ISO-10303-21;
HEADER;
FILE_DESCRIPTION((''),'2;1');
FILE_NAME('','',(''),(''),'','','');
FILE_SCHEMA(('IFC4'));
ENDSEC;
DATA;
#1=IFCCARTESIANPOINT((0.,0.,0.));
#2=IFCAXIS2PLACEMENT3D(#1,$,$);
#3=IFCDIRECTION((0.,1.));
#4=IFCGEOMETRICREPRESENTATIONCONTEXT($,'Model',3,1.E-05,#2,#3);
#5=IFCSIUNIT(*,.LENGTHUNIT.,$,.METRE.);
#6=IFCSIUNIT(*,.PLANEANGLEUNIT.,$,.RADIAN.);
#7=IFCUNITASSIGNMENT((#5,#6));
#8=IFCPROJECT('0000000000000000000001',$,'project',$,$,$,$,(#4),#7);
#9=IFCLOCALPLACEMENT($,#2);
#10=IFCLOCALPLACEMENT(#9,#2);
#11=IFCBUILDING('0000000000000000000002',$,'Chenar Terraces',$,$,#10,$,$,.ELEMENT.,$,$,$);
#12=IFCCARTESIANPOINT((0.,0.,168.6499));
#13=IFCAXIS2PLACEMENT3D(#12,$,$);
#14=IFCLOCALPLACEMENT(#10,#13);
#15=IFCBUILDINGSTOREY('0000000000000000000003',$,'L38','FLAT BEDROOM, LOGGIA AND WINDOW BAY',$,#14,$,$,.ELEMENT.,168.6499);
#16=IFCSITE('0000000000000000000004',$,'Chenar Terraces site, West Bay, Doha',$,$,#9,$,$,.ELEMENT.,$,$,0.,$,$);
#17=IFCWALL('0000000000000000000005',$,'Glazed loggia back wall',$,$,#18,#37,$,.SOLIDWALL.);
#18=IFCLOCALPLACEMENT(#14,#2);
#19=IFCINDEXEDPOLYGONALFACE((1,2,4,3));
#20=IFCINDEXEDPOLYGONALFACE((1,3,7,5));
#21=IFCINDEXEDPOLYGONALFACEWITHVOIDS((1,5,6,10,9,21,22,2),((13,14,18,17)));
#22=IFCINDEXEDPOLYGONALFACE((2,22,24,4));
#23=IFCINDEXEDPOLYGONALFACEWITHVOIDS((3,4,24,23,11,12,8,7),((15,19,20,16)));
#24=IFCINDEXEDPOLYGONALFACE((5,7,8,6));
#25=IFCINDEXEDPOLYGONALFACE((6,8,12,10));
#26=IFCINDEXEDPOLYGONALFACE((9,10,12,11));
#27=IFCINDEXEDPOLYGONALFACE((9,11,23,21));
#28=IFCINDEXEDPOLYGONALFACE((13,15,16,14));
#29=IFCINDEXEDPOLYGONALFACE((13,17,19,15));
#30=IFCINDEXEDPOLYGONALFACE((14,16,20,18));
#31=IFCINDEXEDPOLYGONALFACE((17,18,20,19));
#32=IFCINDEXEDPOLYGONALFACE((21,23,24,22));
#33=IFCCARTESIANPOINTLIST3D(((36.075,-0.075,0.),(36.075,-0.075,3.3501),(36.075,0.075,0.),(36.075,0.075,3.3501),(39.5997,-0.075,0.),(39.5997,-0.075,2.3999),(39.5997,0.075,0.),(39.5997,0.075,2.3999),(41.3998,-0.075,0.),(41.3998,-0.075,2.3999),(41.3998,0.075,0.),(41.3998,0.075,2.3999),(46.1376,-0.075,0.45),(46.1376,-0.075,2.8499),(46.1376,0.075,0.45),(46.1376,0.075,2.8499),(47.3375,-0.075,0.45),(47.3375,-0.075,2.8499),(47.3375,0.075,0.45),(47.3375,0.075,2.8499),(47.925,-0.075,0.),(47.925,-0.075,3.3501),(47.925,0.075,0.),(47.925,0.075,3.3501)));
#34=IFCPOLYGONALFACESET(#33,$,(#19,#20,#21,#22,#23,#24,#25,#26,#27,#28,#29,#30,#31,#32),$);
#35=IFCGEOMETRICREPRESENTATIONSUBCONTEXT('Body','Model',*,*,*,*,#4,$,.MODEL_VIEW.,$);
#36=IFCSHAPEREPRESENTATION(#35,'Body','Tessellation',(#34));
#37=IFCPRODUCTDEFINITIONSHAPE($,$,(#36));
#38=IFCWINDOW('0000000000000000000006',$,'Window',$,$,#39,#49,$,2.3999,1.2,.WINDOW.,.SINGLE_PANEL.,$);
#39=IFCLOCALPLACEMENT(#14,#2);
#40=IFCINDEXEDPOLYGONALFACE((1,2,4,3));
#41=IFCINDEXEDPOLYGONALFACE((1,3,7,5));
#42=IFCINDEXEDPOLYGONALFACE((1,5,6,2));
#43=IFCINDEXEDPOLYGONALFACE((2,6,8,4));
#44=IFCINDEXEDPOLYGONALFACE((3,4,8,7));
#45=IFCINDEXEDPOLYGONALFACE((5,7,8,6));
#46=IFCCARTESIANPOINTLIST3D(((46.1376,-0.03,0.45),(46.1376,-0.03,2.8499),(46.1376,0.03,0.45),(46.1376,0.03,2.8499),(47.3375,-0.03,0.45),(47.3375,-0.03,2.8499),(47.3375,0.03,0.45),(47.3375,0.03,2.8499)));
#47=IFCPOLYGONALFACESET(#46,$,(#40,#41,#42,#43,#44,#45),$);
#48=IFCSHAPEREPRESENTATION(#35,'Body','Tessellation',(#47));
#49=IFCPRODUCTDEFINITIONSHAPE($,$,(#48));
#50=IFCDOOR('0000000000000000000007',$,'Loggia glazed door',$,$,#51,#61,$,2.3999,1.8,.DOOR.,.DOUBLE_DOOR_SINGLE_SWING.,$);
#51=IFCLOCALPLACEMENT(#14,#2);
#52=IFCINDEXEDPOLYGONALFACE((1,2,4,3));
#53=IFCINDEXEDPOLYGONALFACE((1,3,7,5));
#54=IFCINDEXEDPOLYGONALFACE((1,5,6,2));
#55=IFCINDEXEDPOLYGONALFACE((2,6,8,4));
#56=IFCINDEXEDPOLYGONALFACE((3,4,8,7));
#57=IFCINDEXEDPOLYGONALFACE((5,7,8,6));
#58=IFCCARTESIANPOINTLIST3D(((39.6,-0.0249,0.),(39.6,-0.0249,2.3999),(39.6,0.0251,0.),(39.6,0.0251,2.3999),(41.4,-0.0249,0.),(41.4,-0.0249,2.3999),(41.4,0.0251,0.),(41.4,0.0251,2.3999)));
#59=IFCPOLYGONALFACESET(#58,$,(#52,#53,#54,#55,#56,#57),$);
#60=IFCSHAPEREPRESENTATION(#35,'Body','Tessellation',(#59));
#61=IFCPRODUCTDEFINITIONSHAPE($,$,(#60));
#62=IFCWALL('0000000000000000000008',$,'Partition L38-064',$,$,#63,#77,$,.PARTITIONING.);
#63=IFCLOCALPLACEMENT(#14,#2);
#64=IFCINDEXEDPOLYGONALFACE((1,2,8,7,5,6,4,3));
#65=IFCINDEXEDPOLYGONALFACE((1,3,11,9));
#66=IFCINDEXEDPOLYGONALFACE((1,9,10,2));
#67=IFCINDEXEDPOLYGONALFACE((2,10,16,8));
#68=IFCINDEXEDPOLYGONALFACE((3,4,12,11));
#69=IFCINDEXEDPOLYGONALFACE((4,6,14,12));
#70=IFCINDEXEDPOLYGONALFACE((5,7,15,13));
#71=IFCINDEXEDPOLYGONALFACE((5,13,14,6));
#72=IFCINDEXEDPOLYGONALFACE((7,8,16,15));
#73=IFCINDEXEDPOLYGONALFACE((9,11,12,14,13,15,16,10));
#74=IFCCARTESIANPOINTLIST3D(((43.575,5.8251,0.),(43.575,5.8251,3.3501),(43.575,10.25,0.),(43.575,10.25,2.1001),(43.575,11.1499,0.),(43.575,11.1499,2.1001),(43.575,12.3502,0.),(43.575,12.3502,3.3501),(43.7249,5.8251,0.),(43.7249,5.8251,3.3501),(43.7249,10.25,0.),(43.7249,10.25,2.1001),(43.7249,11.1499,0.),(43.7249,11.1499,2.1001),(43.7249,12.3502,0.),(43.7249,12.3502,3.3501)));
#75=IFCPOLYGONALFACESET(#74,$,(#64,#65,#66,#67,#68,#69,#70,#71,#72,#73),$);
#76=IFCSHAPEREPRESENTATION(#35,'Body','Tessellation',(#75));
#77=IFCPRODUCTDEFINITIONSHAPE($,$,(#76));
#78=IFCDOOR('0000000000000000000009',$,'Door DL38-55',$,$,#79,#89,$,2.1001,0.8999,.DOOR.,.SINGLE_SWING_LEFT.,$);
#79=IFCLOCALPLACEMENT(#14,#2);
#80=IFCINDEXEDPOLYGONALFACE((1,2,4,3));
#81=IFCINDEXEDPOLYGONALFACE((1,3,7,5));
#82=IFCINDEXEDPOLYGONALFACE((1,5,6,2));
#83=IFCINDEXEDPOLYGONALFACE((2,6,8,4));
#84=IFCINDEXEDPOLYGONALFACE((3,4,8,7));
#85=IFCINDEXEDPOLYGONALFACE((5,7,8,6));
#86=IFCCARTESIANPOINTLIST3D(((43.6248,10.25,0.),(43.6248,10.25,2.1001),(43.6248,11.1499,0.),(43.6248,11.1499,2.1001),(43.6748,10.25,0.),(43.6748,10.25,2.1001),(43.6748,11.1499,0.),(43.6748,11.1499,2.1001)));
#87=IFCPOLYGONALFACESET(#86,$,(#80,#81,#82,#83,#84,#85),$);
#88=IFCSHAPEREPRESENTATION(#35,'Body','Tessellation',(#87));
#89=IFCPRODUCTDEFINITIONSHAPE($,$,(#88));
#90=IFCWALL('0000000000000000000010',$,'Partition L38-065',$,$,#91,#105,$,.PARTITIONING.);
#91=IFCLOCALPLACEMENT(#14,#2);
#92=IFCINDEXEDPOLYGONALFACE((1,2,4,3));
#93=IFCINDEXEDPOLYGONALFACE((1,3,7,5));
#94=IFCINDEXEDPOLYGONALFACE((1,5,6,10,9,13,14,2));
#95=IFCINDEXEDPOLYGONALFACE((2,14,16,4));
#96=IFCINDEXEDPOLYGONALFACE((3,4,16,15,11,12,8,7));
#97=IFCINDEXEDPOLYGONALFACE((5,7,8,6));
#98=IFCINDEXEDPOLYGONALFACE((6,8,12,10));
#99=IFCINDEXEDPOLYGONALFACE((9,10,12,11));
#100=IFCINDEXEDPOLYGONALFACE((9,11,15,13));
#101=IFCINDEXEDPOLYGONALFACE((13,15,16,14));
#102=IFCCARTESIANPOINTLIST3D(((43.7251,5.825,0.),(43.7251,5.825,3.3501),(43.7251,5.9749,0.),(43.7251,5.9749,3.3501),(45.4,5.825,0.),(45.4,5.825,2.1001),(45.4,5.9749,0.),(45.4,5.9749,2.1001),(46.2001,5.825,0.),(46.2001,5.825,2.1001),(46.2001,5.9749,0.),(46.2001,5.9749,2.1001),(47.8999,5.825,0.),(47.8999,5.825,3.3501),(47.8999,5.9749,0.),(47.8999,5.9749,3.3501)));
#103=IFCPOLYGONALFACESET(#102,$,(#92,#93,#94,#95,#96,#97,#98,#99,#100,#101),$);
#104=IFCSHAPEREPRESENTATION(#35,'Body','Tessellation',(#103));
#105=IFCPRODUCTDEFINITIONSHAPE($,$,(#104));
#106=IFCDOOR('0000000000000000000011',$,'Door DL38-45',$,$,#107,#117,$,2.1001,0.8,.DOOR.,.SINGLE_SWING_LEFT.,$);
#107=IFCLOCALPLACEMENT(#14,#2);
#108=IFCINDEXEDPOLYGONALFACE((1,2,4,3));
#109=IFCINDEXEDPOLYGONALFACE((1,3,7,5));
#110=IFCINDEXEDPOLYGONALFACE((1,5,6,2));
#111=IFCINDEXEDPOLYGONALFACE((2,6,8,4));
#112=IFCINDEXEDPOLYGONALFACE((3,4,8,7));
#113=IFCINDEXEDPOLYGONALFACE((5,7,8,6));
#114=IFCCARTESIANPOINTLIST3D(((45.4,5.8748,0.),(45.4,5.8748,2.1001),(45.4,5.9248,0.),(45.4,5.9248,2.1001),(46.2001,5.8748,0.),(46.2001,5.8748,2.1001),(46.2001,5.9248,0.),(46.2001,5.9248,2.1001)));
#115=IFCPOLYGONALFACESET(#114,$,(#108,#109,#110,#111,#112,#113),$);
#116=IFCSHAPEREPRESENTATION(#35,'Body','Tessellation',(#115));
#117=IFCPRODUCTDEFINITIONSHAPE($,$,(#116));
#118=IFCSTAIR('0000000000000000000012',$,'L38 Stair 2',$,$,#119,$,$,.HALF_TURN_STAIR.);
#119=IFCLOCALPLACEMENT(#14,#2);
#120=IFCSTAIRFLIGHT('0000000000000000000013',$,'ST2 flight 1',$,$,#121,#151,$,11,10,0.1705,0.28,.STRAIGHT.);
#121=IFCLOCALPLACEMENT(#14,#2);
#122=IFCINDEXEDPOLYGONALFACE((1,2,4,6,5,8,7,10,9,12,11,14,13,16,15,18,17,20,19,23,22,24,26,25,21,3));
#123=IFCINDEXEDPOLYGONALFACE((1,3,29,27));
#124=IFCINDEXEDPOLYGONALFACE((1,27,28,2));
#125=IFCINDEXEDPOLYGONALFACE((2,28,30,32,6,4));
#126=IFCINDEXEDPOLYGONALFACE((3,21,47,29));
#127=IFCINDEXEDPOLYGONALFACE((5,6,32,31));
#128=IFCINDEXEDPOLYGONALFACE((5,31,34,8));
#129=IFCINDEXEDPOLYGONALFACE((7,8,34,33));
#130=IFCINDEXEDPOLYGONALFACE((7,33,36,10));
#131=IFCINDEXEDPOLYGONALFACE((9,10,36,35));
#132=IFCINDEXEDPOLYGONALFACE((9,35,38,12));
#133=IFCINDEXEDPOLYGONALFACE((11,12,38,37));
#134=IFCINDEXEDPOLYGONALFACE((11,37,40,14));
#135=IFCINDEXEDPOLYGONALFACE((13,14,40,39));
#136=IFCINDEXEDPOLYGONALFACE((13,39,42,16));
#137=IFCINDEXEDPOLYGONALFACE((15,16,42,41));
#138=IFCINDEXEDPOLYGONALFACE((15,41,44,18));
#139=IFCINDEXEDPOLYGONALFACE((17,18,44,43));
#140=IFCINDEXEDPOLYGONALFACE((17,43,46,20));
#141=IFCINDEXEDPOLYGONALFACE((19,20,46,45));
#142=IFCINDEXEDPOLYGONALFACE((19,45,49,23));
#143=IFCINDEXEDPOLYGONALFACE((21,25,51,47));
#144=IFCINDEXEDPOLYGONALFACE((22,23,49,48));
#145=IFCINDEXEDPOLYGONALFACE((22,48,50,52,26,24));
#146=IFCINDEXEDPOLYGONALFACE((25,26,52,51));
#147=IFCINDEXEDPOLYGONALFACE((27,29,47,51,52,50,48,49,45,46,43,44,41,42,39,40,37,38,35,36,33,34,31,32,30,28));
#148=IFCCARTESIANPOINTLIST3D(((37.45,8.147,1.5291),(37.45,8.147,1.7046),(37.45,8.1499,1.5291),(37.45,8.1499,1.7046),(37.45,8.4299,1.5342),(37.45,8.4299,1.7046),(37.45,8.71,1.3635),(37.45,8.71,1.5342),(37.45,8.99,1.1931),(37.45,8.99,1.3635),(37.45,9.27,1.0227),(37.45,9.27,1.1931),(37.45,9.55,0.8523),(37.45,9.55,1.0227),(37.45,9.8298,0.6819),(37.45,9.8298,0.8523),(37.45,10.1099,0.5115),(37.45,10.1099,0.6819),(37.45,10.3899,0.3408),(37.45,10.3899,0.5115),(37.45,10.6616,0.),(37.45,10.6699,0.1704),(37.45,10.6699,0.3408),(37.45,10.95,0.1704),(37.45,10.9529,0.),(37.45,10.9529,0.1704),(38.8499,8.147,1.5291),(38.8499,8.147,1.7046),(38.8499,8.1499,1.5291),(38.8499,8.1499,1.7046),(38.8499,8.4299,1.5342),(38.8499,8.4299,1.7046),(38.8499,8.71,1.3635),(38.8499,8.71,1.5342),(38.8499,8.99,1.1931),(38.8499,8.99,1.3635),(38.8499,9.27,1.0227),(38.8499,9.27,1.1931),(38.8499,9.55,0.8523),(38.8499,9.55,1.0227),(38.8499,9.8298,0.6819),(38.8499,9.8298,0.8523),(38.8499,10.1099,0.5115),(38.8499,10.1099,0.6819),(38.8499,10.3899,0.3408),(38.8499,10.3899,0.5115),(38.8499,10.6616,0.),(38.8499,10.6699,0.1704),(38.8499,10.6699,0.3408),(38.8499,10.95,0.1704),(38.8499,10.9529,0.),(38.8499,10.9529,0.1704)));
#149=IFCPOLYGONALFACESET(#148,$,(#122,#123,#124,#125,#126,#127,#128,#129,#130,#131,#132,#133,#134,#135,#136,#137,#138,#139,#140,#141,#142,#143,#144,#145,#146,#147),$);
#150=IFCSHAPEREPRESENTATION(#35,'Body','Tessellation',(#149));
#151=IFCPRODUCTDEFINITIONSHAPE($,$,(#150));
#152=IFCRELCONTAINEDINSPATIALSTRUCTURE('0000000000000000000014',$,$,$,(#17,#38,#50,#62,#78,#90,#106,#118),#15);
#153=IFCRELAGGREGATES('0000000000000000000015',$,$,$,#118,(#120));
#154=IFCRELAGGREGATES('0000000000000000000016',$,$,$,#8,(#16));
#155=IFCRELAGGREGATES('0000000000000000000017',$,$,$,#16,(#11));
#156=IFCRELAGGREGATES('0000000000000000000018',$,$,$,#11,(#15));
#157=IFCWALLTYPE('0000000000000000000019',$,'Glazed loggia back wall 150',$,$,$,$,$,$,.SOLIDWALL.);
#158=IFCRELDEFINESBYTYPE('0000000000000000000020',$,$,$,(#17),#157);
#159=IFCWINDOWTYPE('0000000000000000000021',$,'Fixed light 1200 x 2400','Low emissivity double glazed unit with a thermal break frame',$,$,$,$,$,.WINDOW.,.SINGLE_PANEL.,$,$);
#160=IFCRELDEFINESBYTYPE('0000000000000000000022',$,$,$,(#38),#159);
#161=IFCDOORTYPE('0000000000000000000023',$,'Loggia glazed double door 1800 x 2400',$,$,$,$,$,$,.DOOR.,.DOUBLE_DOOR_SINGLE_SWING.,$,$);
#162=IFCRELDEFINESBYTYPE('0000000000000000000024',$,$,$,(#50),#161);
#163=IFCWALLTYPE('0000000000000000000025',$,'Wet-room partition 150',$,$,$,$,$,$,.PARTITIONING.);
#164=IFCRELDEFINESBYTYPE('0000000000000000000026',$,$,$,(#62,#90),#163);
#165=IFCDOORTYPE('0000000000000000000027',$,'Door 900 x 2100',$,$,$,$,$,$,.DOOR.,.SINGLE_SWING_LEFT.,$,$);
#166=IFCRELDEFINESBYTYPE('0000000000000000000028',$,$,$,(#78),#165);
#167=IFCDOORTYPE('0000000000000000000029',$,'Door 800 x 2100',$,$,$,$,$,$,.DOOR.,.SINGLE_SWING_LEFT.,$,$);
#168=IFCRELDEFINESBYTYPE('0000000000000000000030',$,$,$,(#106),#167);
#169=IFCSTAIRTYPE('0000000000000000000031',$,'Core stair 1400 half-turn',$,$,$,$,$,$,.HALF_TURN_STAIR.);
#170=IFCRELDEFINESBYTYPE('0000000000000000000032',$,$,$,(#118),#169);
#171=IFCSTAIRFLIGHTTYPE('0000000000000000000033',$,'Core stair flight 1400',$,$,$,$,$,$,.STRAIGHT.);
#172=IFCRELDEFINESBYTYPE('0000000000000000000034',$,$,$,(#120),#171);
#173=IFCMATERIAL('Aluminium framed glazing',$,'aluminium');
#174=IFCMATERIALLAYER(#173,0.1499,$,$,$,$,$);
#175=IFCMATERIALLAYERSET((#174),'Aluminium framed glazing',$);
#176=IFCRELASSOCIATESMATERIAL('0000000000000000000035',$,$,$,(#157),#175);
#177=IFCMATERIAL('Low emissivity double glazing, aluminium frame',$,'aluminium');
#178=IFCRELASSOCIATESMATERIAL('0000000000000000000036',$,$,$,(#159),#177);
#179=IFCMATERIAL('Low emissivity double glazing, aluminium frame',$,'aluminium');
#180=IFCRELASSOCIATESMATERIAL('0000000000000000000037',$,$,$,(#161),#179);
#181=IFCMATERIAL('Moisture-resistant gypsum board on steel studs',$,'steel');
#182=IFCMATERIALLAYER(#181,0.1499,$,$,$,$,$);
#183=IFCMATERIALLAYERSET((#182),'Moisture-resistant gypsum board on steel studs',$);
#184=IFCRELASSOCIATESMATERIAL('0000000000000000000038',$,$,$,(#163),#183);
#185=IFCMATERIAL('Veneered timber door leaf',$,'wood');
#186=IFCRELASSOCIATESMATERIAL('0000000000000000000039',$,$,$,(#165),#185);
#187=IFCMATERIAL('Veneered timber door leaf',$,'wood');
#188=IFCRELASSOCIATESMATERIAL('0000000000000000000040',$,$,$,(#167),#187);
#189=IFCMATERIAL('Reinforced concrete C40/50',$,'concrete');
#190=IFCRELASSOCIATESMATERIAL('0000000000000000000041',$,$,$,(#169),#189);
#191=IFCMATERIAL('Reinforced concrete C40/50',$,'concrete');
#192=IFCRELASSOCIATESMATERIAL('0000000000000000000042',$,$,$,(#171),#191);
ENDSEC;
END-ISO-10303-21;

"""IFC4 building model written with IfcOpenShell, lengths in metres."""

from ifc_helpers import new_model, si_unit, direction, frame, frame_2d, origin, place, context, subcontext, project, spatial, polyline, rectangle, outline, extrude, material, layer, layer_set, type_object, element, fill, aggregate, save


model = new_model("IFC4")

# Units and contexts
model_context = context("Model", 3, precision=1e-05, world=origin(), true_north=direction((0.0, 1.0)))
body_context = subcontext(model_context, "Body", "Model", "MODEL_VIEW")
ifc_project = project(units=[si_unit("LENGTHUNIT", "METRE"), si_unit("PLANEANGLEUNIT", "RADIAN")], contexts=[model_context])

# Site, building, storey
site_placement = place(None, origin())
site = spatial("IfcSite", under=ifc_project, at=site_placement, Name="Chenar Terraces site, West Bay, Doha", CompositionType="ELEMENT", RefElevation=0.0)
building_placement = place(site_placement, origin())
building = spatial("IfcBuilding", under=site, at=building_placement, Name="Chenar Terraces", CompositionType="ELEMENT")
storey_placement = place(building_placement, frame((0.0, 0.0, 168.6499)))
storey = spatial("IfcBuildingStorey", under=building, at=storey_placement, Name="L38", Description="FLAT BEDROOM, LOGGIA AND WINDOW BAY", CompositionType="ELEMENT", Elevation=168.6499)

# Wall, openings, window, door
ifc_material_1 = material(Name="Aluminium framed glazing", Category="aluminium")
ifc_layer_1 = layer(ifc_material_1, 0.1499)
ifc_layer_set_1 = layer_set([ifc_layer_1], Name="Aluminium framed glazing")
wall_type_1 = type_object("IfcWallType", Name="Glazed loggia back wall 150", PredefinedType="SOLIDWALL", material=ifc_layer_set_1)
wall_1_placement = place(storey_placement, frame((36.075, 0.0, 0.0), z_axis=(0.0, 0.0, 1.0), x_axis=(1.0, 0.0, 0.0)))
wall_1 = element("IfcWall", 1, at=wall_1_placement, inside=storey, type_object=wall_type_1, Name="Glazed loggia back wall", PredefinedType="SOLIDWALL", context=body_context, shape_type="SweptSolid", body=[
    extrude(rectangle(XDim=11.8501, YDim=0.1499, at=frame_2d((5.925, 0.0))), origin(), (0.0, 0.0, 1.0), 3.3501),
])
opening_1_placement = place(wall_1_placement, frame((3.5249, 0.0, 0.0)))
opening_1 = element("IfcOpeningElement", 2, at=opening_1_placement, cuts=wall_1, PredefinedType="OPENING", context=body_context, shape_type="SweptSolid", body=[
    extrude(rectangle(XDim=1.8, YDim=2.3999, at=frame_2d((0.8999, 1.2))), frame((0.0, 0.085, 0.0), z_axis=(0.0, -1.0, 0.0), x_axis=(1.0, 0.0, 0.0)), (0.0, 0.0, 1.0), 0.1699),
])
opening_2_placement = place(wall_1_placement, frame((10.0625, 0.0, 0.45)))
opening_2 = element("IfcOpeningElement", 3, at=opening_2_placement, cuts=wall_1, PredefinedType="OPENING", context=body_context, shape_type="SweptSolid", body=[
    extrude(rectangle(XDim=1.2, YDim=2.3999, at=frame_2d((0.6001, 1.2))), frame((0.0, 0.085, 0.0), z_axis=(0.0, -1.0, 0.0), x_axis=(1.0, 0.0, 0.0)), (0.0, 0.0, 1.0), 0.1699),
])
ifc_material_2 = material(Name="Low emissivity double glazing, aluminium frame", Category="aluminium")
window_type = type_object("IfcWindowType", Name="Fixed light 1200 x 2400", Description="Low emissivity double glazed unit with a thermal break frame", PartitioningType="SINGLE_PANEL", PredefinedType="WINDOW", material=ifc_material_2)
window_placement = place(opening_2_placement, origin())
window = element("IfcWindow", 4, at=window_placement, inside=storey, type_object=window_type, Name="Window", OverallHeight=2.3999, OverallWidth=1.2, PartitioningType="SINGLE_PANEL", PredefinedType="WINDOW", context=body_context, shape_type="SweptSolid", body=[
    extrude(rectangle(XDim=1.2, YDim=2.3999, at=frame_2d((0.6001, 1.2))), frame((0.0, 0.03, 0.0), z_axis=(0.0, -1.0, 0.0), x_axis=(1.0, 0.0, 0.0)), (0.0, 0.0, 1.0), 0.0601),
])
fill(opening_2, window)
ifc_material_3 = material(Name="Low emissivity double glazing, aluminium frame", Category="aluminium")
door_type_1 = type_object("IfcDoorType", Name="Loggia glazed double door 1800 x 2400", OperationType="DOUBLE_DOOR_SINGLE_SWING", PredefinedType="DOOR", material=ifc_material_3)
door_1_placement = place(opening_1_placement, frame((1.8, 0.0, 0.0), z_axis=(0.0, 0.0, 1.0), x_axis=(-1.0, 0.0, 0.0)))
door_1 = element("IfcDoor", 5, at=door_1_placement, inside=storey, type_object=door_type_1, Name="Loggia glazed door", OperationType="DOUBLE_DOOR_SINGLE_SWING", OverallHeight=2.3999, OverallWidth=1.8, PredefinedType="DOOR", context=body_context, shape_type="SweptSolid", body=[
    extrude(rectangle(XDim=1.8, YDim=2.3999, at=frame_2d((0.8999, 1.2))), frame((0.0, 0.0249, 0.0), z_axis=(0.0, -1.0, 0.0), x_axis=(1.0, 0.0, 0.0)), (0.0, 0.0, 1.0), 0.05),
])
fill(opening_1, door_1)

# Walls, openings, doors
ifc_material_4 = material(Name="Moisture-resistant gypsum board on steel studs", Category="steel")
ifc_layer_2 = layer(ifc_material_4, 0.1499)
ifc_layer_set_2 = layer_set([ifc_layer_2], Name="Moisture-resistant gypsum board on steel studs")
wall_type_2 = type_object("IfcWallType", Name="Wet-room partition 150", PredefinedType="PARTITIONING", material=ifc_layer_set_2)
wall_2_placement = place(storey_placement, frame((43.6499, 5.825, 0.0), z_axis=(0.0, 0.0, 1.0), x_axis=(0.0, 1.0, 0.0)))
wall_2 = element("IfcWall", 6, at=wall_2_placement, inside=storey, type_object=wall_type_2, Name="Partition L38-064", PredefinedType="PARTITIONING", context=body_context, shape_type="SweptSolid", body=[
    extrude(rectangle(XDim=6.5251, YDim=0.1499, at=frame_2d((3.2627, 0.0))), origin(), (0.0, 0.0, 1.0), 3.3501),
])
opening_3_placement = place(wall_2_placement, frame((4.425, 0.0, 0.0)))
opening_3 = element("IfcOpeningElement", 7, at=opening_3_placement, cuts=wall_2, PredefinedType="OPENING", context=body_context, shape_type="SweptSolid", body=[
    extrude(rectangle(XDim=0.8999, YDim=2.1001, at=frame_2d((0.45, 1.05))), frame((0.0, 0.085, 0.0), z_axis=(0.0, -1.0, 0.0), x_axis=(1.0, 0.0, 0.0)), (0.0, 0.0, 1.0), 0.1699),
])
ifc_material_5 = material(Name="Veneered timber door leaf", Category="wood")
door_type_2 = type_object("IfcDoorType", Name="Door 900 x 2100", OperationType="SINGLE_SWING_LEFT", PredefinedType="DOOR", material=ifc_material_5)
door_2_placement = place(opening_3_placement, frame((0.8999, 0.0, 0.0), z_axis=(0.0, 0.0, 1.0), x_axis=(-1.0, 0.0, 0.0)))
door_2 = element("IfcDoor", 8, at=door_2_placement, inside=storey, type_object=door_type_2, Name="Door DL38-55", OperationType="SINGLE_SWING_LEFT", OverallHeight=2.1001, OverallWidth=0.8999, PredefinedType="DOOR", context=body_context, shape_type="SweptSolid", body=[
    extrude(rectangle(XDim=0.8999, YDim=2.1001, at=frame_2d((0.45, 1.05))), frame((0.0, 0.0249, 0.0), z_axis=(0.0, -1.0, 0.0), x_axis=(1.0, 0.0, 0.0)), (0.0, 0.0, 1.0), 0.05),
])
fill(opening_3, door_2)
wall_3_placement = place(storey_placement, frame((43.7251, 5.8999, 0.0), z_axis=(0.0, 0.0, 1.0), x_axis=(1.0, 0.0, 0.0)))
wall_3 = element("IfcWall", 9, at=wall_3_placement, inside=storey, type_object=wall_type_2, Name="Partition L38-065", PredefinedType="PARTITIONING", context=body_context, shape_type="SweptSolid", body=[
    extrude(rectangle(XDim=4.1748, YDim=0.1499, at=frame_2d((2.0874, 0.0))), origin(), (0.0, 0.0, 1.0), 3.3501),
])
opening_4_placement = place(wall_3_placement, frame((1.675, 0.0, 0.0)))
opening_4 = element("IfcOpeningElement", 10, at=opening_4_placement, cuts=wall_3, PredefinedType="OPENING", context=body_context, shape_type="SweptSolid", body=[
    extrude(rectangle(XDim=0.8, YDim=2.1001, at=frame_2d((0.3999, 1.05))), frame((0.0, 0.085, 0.0), z_axis=(0.0, -1.0, 0.0), x_axis=(1.0, 0.0, 0.0)), (0.0, 0.0, 1.0), 0.1699),
])
ifc_material_6 = material(Name="Veneered timber door leaf", Category="wood")
door_type_3 = type_object("IfcDoorType", Name="Door 800 x 2100", OperationType="SINGLE_SWING_LEFT", PredefinedType="DOOR", material=ifc_material_6)
door_3_placement = place(opening_4_placement, origin())
door_3 = element("IfcDoor", 11, at=door_3_placement, inside=storey, type_object=door_type_3, Name="Door DL38-45", OperationType="SINGLE_SWING_LEFT", OverallHeight=2.1001, OverallWidth=0.8, PredefinedType="DOOR", context=body_context, shape_type="SweptSolid", body=[
    extrude(rectangle(XDim=0.8, YDim=2.1001, at=frame_2d((0.3999, 1.05))), frame((0.0, 0.0249, 0.0), z_axis=(0.0, -1.0, 0.0), x_axis=(1.0, 0.0, 0.0)), (0.0, 0.0, 1.0), 0.05),
])
fill(opening_4, door_3)

# Stair, stair flight
ifc_material_7 = material(Name="Reinforced concrete C40/50", Category="concrete")
stair_type = type_object("IfcStairType", Name="Core stair 1400 half-turn", PredefinedType="HALF_TURN_STAIR", material=ifc_material_7)
stair_placement = place(storey_placement, origin())
stair = element("IfcStair", 12, at=stair_placement, inside=storey, type_object=stair_type, Name="L38 Stair 2", PredefinedType="HALF_TURN_STAIR")
ifc_material_8 = material(Name="Reinforced concrete C40/50", Category="concrete")
stair_flight_type = type_object("IfcStairFlightType", Name="Core stair flight 1400", PredefinedType="STRAIGHT", material=ifc_material_8)
stair_flight_1_placement = place(storey_placement, frame((38.1499, 10.95, 0.0), z_axis=(0.0, 0.0, 1.0), x_axis=(0.0, -1.0, 0.0)))
stair_flight_1 = element("IfcStairFlight", 13, at=stair_flight_1_placement, type_object=stair_flight_type, Name="ST2 flight 1", NumberOfRisers=11, NumberOfTreads=10, PredefinedType="STRAIGHT", RiserHeight=0.1705, TreadLength=0.28, context=body_context, shape_type="SweptSolid", body=[
    extrude(outline(polyline([(-0.0029, 0.0), (-0.0029, 0.1704), (0.0, 0.1704), (0.28, 0.1704), (0.28, 0.3408), (0.5601, 0.3408), (0.5601, 0.5115), (0.8401, 0.5115), (0.8401, 0.6819), (1.1201, 0.6819), (1.1201, 0.8523), (1.3999, 0.8523), (1.3999, 1.0227), (1.6799, 1.0227), (1.6799, 1.1931), (1.96, 1.1931), (1.96, 1.3635), (2.24, 1.3635), (2.24, 1.5342), (2.52, 1.5342), (2.52, 1.7046), (2.8, 1.7046), (2.803, 1.7046), (2.803, 1.5291), (2.8, 1.5291), (0.2883, 0.0), (-0.0029, 0.0)])), frame((0.0, 0.7, 0.0), z_axis=(0.0, -1.0, 0.0), x_axis=(1.0, 0.0, 0.0)), (0.0, 0.0, 1.0), 1.3999),
])
aggregate(stair, [stair_flight_1])

save(model, "model.ifc")
